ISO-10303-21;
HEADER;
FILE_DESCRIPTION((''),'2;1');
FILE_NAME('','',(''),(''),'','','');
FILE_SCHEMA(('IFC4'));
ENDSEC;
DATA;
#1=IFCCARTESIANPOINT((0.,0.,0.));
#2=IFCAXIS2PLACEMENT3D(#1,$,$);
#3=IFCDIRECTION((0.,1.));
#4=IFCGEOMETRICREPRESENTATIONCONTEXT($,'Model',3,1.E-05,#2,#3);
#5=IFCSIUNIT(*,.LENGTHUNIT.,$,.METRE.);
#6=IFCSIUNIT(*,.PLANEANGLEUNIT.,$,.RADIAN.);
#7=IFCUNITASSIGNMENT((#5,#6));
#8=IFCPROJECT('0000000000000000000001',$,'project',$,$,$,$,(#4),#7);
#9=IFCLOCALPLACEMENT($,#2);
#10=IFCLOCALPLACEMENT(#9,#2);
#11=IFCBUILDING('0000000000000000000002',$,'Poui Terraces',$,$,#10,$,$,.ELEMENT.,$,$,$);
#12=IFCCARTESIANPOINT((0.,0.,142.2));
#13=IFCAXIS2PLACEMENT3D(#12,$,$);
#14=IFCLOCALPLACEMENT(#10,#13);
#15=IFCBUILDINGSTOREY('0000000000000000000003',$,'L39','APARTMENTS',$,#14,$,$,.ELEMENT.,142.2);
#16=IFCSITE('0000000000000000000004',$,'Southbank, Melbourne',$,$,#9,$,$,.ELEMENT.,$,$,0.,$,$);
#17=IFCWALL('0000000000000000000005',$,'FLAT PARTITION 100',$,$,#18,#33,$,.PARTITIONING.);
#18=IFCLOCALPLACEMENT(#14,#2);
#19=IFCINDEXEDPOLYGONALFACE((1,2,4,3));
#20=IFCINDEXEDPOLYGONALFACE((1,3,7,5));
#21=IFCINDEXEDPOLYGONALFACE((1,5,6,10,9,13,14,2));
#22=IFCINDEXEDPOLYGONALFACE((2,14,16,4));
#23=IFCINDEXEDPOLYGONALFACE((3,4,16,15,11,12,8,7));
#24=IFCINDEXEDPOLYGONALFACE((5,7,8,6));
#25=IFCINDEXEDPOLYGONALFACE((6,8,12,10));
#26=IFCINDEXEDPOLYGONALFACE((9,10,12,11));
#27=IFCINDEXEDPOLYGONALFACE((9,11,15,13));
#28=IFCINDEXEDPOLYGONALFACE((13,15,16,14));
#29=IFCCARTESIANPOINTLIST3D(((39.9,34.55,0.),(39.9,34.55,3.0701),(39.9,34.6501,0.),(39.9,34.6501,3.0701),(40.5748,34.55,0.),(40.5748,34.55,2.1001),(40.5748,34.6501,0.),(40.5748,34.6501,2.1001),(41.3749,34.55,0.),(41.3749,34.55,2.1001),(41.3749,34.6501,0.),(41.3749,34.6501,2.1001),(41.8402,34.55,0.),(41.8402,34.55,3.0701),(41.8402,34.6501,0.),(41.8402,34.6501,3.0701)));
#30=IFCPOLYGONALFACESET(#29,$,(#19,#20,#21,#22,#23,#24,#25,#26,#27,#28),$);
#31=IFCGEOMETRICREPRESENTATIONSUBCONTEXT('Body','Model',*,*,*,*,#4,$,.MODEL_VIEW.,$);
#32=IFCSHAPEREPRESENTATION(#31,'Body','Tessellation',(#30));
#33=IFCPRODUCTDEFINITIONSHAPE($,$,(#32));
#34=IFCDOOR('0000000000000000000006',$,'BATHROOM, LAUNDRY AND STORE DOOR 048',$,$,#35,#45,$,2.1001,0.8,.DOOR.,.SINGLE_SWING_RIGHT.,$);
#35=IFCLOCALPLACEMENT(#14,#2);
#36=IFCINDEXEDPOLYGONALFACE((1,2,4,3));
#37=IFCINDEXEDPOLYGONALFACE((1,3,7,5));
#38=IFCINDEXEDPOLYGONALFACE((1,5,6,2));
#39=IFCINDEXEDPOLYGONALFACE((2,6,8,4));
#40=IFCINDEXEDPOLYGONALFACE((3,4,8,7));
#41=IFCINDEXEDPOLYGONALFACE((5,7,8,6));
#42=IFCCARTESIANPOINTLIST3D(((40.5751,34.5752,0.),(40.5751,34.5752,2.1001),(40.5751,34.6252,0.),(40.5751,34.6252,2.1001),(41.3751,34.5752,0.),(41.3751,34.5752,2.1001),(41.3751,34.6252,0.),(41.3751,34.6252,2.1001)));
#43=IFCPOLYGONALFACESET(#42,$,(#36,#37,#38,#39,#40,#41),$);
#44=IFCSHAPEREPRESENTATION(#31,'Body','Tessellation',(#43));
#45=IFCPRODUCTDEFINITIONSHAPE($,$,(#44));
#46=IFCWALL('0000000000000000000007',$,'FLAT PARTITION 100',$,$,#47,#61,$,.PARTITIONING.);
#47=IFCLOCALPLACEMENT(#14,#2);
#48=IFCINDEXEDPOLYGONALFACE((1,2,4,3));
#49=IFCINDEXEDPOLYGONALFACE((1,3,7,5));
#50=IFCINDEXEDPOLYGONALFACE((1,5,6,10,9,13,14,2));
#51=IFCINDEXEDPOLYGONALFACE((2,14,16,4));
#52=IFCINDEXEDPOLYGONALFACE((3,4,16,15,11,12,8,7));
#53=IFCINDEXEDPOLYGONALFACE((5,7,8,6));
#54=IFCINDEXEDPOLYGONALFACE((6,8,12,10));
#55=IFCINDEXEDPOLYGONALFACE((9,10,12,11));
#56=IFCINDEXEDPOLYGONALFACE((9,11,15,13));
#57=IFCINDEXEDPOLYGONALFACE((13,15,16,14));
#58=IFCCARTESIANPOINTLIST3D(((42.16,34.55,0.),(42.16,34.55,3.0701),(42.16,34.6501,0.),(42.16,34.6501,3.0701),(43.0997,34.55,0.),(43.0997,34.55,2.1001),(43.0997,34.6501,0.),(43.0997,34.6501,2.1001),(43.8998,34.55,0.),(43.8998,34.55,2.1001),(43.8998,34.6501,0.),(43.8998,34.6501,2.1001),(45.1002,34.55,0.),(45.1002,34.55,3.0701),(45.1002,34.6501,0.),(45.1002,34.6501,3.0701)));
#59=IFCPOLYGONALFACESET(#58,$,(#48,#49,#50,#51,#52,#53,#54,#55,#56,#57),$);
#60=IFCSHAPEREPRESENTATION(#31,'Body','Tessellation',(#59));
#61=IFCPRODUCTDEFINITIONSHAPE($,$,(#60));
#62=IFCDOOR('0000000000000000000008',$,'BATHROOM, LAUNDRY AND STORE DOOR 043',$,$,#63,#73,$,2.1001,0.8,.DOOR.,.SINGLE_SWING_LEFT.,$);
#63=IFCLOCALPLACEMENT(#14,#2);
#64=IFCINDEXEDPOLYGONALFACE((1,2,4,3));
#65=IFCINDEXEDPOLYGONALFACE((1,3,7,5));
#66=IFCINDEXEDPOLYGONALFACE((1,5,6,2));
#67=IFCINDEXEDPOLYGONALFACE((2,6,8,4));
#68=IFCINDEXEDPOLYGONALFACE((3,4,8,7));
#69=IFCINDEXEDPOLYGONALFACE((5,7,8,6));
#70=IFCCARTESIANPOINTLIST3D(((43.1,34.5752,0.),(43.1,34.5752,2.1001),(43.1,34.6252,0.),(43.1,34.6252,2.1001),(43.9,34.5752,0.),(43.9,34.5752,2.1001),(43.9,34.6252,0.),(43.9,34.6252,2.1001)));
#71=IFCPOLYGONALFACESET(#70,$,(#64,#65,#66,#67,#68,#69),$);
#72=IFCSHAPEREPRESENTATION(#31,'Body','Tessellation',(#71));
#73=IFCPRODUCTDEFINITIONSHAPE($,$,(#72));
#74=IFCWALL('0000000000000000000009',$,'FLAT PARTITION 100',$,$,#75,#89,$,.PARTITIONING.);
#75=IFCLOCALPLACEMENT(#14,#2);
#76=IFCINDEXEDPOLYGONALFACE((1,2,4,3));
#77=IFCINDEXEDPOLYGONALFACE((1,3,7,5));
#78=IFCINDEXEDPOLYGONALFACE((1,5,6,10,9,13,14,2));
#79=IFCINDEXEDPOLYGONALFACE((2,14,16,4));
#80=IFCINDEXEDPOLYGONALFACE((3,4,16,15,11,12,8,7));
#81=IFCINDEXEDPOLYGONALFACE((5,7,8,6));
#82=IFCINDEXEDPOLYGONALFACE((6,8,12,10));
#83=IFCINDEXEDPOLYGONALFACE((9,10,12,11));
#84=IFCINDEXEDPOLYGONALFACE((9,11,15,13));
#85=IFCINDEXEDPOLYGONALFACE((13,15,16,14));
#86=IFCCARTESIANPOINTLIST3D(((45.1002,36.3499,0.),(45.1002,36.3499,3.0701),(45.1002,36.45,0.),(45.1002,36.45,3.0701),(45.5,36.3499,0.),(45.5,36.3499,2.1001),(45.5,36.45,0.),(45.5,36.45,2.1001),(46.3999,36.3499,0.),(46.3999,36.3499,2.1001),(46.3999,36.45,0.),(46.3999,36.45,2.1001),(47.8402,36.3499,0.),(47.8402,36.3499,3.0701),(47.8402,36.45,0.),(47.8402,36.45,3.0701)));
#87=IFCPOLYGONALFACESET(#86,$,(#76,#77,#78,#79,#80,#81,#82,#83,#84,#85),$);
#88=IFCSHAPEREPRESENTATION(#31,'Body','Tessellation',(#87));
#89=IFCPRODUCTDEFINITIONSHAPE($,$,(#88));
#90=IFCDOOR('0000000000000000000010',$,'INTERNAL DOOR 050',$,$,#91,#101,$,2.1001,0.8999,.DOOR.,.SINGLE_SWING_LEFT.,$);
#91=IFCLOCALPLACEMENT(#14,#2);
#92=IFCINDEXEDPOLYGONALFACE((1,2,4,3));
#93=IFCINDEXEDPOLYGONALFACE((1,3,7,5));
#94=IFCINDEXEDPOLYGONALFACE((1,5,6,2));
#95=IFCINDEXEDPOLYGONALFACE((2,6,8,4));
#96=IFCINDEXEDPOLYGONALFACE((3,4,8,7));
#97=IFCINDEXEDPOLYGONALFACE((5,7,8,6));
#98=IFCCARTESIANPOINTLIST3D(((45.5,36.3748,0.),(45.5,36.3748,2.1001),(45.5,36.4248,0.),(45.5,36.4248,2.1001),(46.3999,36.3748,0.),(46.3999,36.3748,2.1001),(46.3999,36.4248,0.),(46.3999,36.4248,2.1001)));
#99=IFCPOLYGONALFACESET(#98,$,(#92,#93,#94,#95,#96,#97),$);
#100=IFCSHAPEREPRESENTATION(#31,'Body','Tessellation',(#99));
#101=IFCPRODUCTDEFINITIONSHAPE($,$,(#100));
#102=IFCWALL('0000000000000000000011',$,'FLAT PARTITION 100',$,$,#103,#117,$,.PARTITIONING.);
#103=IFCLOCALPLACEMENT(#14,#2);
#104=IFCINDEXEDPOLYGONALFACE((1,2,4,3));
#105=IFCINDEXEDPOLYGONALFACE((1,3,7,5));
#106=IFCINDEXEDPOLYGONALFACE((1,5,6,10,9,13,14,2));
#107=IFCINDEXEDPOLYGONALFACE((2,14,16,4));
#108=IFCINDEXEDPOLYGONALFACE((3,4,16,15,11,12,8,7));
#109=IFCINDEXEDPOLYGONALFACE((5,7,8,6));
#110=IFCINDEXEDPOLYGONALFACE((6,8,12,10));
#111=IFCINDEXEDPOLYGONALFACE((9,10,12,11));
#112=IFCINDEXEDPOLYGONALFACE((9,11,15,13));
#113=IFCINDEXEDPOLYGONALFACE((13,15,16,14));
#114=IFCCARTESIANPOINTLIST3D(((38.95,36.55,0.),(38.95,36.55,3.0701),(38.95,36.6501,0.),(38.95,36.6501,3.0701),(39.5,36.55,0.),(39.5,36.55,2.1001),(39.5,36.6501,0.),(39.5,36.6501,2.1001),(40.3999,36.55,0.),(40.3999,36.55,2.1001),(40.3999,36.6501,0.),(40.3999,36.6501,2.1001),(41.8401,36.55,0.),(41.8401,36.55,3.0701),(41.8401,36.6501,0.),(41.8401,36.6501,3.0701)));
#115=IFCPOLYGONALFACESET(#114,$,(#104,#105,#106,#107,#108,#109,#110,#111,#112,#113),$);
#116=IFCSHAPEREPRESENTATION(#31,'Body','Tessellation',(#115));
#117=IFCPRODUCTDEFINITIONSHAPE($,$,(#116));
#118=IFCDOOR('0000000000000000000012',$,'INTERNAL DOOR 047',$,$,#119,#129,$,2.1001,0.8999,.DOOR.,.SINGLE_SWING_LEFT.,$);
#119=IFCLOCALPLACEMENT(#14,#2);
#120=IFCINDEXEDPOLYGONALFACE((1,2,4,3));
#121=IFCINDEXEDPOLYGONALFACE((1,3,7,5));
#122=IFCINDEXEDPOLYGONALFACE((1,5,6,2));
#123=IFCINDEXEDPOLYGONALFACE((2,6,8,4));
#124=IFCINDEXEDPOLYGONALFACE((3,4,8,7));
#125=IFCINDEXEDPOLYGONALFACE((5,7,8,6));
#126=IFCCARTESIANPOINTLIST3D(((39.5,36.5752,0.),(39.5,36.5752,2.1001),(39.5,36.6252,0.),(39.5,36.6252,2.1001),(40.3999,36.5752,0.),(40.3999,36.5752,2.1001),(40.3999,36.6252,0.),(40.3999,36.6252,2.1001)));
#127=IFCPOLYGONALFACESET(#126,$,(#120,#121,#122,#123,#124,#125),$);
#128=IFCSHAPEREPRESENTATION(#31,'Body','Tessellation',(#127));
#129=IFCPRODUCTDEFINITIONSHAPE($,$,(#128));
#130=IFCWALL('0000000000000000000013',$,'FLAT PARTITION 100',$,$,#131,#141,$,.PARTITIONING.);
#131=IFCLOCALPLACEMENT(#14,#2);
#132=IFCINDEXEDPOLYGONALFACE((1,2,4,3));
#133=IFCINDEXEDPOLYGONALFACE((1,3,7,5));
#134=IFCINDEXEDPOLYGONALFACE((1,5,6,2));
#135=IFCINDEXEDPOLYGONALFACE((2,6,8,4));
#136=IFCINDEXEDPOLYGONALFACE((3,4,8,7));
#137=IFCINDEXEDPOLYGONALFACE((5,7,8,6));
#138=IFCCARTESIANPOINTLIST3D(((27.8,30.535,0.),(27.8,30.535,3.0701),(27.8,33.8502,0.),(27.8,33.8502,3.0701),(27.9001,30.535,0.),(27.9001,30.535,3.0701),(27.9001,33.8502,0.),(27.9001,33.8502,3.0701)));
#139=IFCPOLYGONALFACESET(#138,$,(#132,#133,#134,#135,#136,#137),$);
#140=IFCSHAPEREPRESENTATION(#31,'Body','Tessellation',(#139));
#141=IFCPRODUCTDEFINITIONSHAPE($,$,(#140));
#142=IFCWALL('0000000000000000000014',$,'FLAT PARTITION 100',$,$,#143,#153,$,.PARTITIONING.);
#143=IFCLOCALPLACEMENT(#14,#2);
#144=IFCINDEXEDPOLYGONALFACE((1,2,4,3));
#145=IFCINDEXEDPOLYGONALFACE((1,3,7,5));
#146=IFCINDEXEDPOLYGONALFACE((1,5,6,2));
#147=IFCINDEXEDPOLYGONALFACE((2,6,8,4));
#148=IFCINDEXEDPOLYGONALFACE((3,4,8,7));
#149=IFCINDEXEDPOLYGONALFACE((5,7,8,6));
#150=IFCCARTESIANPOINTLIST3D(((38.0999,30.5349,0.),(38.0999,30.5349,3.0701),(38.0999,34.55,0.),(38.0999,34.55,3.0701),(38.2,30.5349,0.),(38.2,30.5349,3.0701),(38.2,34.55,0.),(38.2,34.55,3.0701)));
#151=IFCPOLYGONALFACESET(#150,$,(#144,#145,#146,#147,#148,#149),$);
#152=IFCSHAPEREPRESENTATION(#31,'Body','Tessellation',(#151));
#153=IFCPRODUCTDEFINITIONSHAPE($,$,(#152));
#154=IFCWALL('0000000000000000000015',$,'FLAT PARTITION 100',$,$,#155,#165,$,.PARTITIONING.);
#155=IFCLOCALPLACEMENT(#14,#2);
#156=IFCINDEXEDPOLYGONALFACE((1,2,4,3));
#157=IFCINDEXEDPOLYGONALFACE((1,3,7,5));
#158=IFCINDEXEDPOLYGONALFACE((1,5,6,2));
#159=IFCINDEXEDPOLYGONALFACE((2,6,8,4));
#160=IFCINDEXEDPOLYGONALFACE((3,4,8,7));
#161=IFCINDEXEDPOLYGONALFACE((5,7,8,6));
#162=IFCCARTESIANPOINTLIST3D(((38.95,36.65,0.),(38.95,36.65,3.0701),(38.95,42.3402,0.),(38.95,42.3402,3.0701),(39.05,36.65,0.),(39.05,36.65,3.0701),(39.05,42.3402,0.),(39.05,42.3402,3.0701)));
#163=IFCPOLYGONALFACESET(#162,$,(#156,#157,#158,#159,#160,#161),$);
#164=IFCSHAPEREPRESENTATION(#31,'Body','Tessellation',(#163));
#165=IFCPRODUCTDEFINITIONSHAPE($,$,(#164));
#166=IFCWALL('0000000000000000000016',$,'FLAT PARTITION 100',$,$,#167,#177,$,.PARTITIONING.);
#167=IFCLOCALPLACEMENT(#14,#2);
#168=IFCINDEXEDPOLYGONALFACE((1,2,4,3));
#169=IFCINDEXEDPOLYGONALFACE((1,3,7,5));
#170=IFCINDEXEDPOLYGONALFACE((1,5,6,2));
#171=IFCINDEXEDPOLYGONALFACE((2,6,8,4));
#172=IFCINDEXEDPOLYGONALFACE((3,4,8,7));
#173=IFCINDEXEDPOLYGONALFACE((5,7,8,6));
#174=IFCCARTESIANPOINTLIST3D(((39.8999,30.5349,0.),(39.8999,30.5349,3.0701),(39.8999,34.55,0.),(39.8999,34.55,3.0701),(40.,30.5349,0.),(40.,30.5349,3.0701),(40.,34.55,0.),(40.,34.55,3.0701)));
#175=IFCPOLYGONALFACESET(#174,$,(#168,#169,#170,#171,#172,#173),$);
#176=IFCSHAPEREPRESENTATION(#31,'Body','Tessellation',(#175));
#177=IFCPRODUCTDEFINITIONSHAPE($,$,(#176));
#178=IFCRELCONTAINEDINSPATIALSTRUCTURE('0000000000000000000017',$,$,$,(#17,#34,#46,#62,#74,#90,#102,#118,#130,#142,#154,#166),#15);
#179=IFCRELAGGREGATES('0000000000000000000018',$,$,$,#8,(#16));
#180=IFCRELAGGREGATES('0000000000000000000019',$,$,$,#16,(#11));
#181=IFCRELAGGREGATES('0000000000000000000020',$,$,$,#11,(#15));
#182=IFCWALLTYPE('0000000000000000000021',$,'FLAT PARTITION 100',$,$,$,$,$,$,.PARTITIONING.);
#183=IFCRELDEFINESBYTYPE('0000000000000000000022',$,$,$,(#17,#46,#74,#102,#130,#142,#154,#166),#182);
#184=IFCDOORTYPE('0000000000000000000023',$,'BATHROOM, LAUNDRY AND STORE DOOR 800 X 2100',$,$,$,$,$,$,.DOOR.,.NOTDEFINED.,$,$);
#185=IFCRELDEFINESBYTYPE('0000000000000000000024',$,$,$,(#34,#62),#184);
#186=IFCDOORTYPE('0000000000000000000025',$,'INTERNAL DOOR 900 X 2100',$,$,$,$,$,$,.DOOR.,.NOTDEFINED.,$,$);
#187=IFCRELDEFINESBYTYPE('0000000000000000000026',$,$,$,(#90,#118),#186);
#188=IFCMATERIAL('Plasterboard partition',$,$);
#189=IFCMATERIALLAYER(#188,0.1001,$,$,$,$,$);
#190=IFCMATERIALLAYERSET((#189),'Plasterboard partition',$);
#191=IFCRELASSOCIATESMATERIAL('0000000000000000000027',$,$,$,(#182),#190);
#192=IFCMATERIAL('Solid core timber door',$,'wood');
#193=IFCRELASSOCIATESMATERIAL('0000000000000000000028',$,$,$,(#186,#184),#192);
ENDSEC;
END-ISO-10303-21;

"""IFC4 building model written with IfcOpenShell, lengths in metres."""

from ifc_helpers import new_model, si_unit, direction, frame, frame_2d, origin, place, context, subcontext, project, spatial, rectangle, extrude, material, layer, layer_set, type_object, element, fill, save


model = new_model("IFC4")

# Units and contexts
model_context = context("Model", 3, precision=1e-05, world=origin(), true_north=direction((0.0, 1.0)))
body_context = subcontext(model_context, "Body", "Model", "MODEL_VIEW")
ifc_project = project(units=[si_unit("LENGTHUNIT", "METRE"), si_unit("PLANEANGLEUNIT", "RADIAN")], contexts=[model_context])

# Site, building, storey
site_placement = place(None, origin())
site = spatial("IfcSite", under=ifc_project, at=site_placement, Name="Southbank, Melbourne", CompositionType="ELEMENT", RefElevation=0.0)
building_placement = place(site_placement, origin())
building = spatial("IfcBuilding", under=site, at=building_placement, Name="Poui Terraces", CompositionType="ELEMENT")
storey_placement = place(building_placement, frame((0.0, 0.0, 142.2)))
storey = spatial("IfcBuildingStorey", under=building, at=storey_placement, Name="L39", Description="APARTMENTS", CompositionType="ELEMENT", Elevation=142.2)

# Walls, openings, doors
ifc_material_1 = material(Name="Plasterboard partition")
ifc_layer_1 = layer(ifc_material_1, 0.1001)
ifc_layer_set_1 = layer_set([ifc_layer_1], Name="Plasterboard partition")
wall_type_1 = type_object("IfcWallType", Name="FLAT PARTITION 100", PredefinedType="PARTITIONING", material=ifc_layer_set_1)
ifc_material_2 = material(Name="Solid core timber door", Category="wood")
door_type_1 = type_object("IfcDoorType", Name="INTERNAL DOOR 900 X 2100", OperationType="NOTDEFINED", PredefinedType="DOOR", material=ifc_material_2)
door_type_2 = type_object("IfcDoorType", Name="BATHROOM, LAUNDRY AND STORE DOOR 800 X 2100", OperationType="NOTDEFINED", PredefinedType="DOOR", material=ifc_material_2)
wall_1_placement = place(storey_placement, frame((39.8999, 34.6001, 0.0), z_axis=(0.0, 0.0, 1.0), x_axis=(1.0, 0.0, 0.0)))
wall_1 = element("IfcWall", 1, at=wall_1_placement, inside=storey, type_object=wall_type_1, Name="FLAT PARTITION 100", PredefinedType="PARTITIONING", context=body_context, shape_type="SweptSolid", body=[
    extrude(rectangle(XDim=1.9402, YDim=0.1001, at=frame_2d((0.9702, 0.0))), origin(), (0.0, 0.0, 1.0), 3.0701),
])
opening_1_placement = place(wall_1_placement, frame((0.675, 0.0, 0.0)))
opening_1 = element("IfcOpeningElement", 2, at=opening_1_placement, cuts=wall_1, PredefinedType="OPENING", context=body_context, shape_type="SweptSolid", body=[
    extrude(rectangle(XDim=0.8, YDim=2.1001, at=frame_2d((0.3999, 1.05))), frame((0.0, 0.0601, 0.0), z_axis=(0.0, -1.0, 0.0), x_axis=(1.0, 0.0, 0.0)), (0.0, 0.0, 1.0), 0.1201),
])
door_1_placement = place(opening_1_placement, frame((0.8, 0.0, 0.0), z_axis=(0.0, 0.0, 1.0), x_axis=(-1.0, 0.0, 0.0)))
door_1 = element("IfcDoor", 3, at=door_1_placement, inside=storey, type_object=door_type_2, Name="BATHROOM, LAUNDRY AND STORE DOOR 048", OperationType="SINGLE_SWING_RIGHT", OverallHeight=2.1001, OverallWidth=0.8, PredefinedType="DOOR", context=body_context, shape_type="SweptSolid", body=[
    extrude(rectangle(XDim=0.8, YDim=2.1001, at=frame_2d((0.3999, 1.05))), frame((0.0, 0.0249, 0.0), z_axis=(0.0, -1.0, 0.0), x_axis=(1.0, 0.0, 0.0)), (0.0, 0.0, 1.0), 0.05),
])
fill(opening_1, door_1)
wall_2_placement = place(storey_placement, frame((42.1599, 34.6001, 0.0), z_axis=(0.0, 0.0, 1.0), x_axis=(1.0, 0.0, 0.0)))
wall_2 = element("IfcWall", 4, at=wall_2_placement, inside=storey, type_object=wall_type_1, Name="FLAT PARTITION 100", PredefinedType="PARTITIONING", context=body_context, shape_type="SweptSolid", body=[
    extrude(rectangle(XDim=2.9402, YDim=0.1001, at=frame_2d((1.4702, 0.0))), origin(), (0.0, 0.0, 1.0), 3.0701),
])
opening_2_placement = place(wall_2_placement, frame((0.9399, 0.0, 0.0)))
opening_2 = element("IfcOpeningElement", 5, at=opening_2_placement, cuts=wall_2, PredefinedType="OPENING", context=body_context, shape_type="SweptSolid", body=[
    extrude(rectangle(XDim=0.8, YDim=2.1001, at=frame_2d((0.3999, 1.05))), frame((0.0, 0.0601, 0.0), z_axis=(0.0, -1.0, 0.0), x_axis=(1.0, 0.0, 0.0)), (0.0, 0.0, 1.0), 0.1201),
])
door_2_placement = place(opening_2_placement, frame((0.8, 0.0, 0.0), z_axis=(0.0, 0.0, 1.0), x_axis=(-1.0, 0.0, 0.0)))
door_2 = element("IfcDoor", 6, at=door_2_placement, inside=storey, type_object=door_type_2, Name="BATHROOM, LAUNDRY AND STORE DOOR 043", OperationType="SINGLE_SWING_LEFT", OverallHeight=2.1001, OverallWidth=0.8, PredefinedType="DOOR", context=body_context, shape_type="SweptSolid", body=[
    extrude(rectangle(XDim=0.8, YDim=2.1001, at=frame_2d((0.3999, 1.05))), frame((0.0, 0.0249, 0.0), z_axis=(0.0, -1.0, 0.0), x_axis=(1.0, 0.0, 0.0)), (0.0, 0.0, 1.0), 0.05),
])
fill(opening_2, door_2)
wall_3_placement = place(storey_placement, frame((45.1001, 36.3999, 0.0), z_axis=(0.0, 0.0, 1.0), x_axis=(1.0, 0.0, 0.0)))
wall_3 = element("IfcWall", 7, at=wall_3_placement, inside=storey, type_object=wall_type_1, Name="FLAT PARTITION 100", PredefinedType="PARTITIONING", context=body_context, shape_type="SweptSolid", body=[
    extrude(rectangle(XDim=2.74, YDim=0.1001, at=frame_2d((1.3701, 0.0))), origin(), (0.0, 0.0, 1.0), 3.0701),
])
opening_3_placement = place(wall_3_placement, frame((0.3999, 0.0, 0.0)))
opening_3 = element("IfcOpeningElement", 8, at=opening_3_placement, cuts=wall_3, PredefinedType="OPENING", context=body_context, shape_type="SweptSolid", body=[
    extrude(rectangle(XDim=0.8999, YDim=2.1001, at=frame_2d((0.45, 1.05))), frame((0.0, 0.0601, 0.0), z_axis=(0.0, -1.0, 0.0), x_axis=(1.0, 0.0, 0.0)), (0.0, 0.0, 1.0), 0.1201),
])
door_3_placement = place(opening_3_placement, origin())
door_3 = element("IfcDoor", 9, at=door_3_placement, inside=storey, type_object=door_type_1, Name="INTERNAL DOOR 050", OperationType="SINGLE_SWING_LEFT", OverallHeight=2.1001, OverallWidth=0.8999, PredefinedType="DOOR", context=body_context, shape_type="SweptSolid", body=[
    extrude(rectangle(XDim=0.8999, YDim=2.1001, at=frame_2d((0.45, 1.05))), frame((0.0, 0.0249, 0.0), z_axis=(0.0, -1.0, 0.0), x_axis=(1.0, 0.0, 0.0)), (0.0, 0.0, 1.0), 0.05),
])
fill(opening_3, door_3)
wall_4_placement = place(storey_placement, frame((38.95, 36.6001, 0.0), z_axis=(0.0, 0.0, 1.0), x_axis=(1.0, 0.0, 0.0)))
wall_4 = element("IfcWall", 10, at=wall_4_placement, inside=storey, type_object=wall_type_1, Name="FLAT PARTITION 100", PredefinedType="PARTITIONING", context=body_context, shape_type="SweptSolid", body=[
    extrude(rectangle(XDim=2.8901, YDim=0.1001, at=frame_2d((1.4451, 0.0))), origin(), (0.0, 0.0, 1.0), 3.0701),
])
opening_4_placement = place(wall_4_placement, frame((0.55, 0.0, 0.0)))
opening_4 = element("IfcOpeningElement", 11, at=opening_4_placement, cuts=wall_4, PredefinedType="OPENING", context=body_context, shape_type="SweptSolid", body=[
    extrude(rectangle(XDim=0.8999, YDim=2.1001, at=frame_2d((0.45, 1.05))), frame((0.0, 0.0601, 0.0), z_axis=(0.0, -1.0, 0.0), x_axis=(1.0, 0.0, 0.0)), (0.0, 0.0, 1.0), 0.1201),
])
door_4_placement = place(opening_4_placement, frame((0.8999, 0.0, 0.0), z_axis=(0.0, 0.0, 1.0), x_axis=(-1.0, 0.0, 0.0)))
door_4 = element("IfcDoor", 12, at=door_4_placement, inside=storey, type_object=door_type_1, Name="INTERNAL DOOR 047", OperationType="SINGLE_SWING_LEFT", OverallHeight=2.1001, OverallWidth=0.8999, PredefinedType="DOOR", context=body_context, shape_type="SweptSolid", body=[
    extrude(rectangle(XDim=0.8999, YDim=2.1001, at=frame_2d((0.45, 1.05))), frame((0.0, 0.0249, 0.0), z_axis=(0.0, -1.0, 0.0), x_axis=(1.0, 0.0, 0.0)), (0.0, 0.0, 1.0), 0.05),
])
fill(opening_4, door_4)

# Walls
wall_5_placement = place(storey_placement, frame((27.8501, 30.5349, 0.0), z_axis=(0.0, 0.0, 1.0), x_axis=(0.0, 1.0, 0.0)))
element("IfcWall", 13, at=wall_5_placement, inside=storey, type_object=wall_type_1, Name="FLAT PARTITION 100", PredefinedType="PARTITIONING", context=body_context, shape_type="SweptSolid", body=[
    extrude(rectangle(XDim=3.3152, YDim=0.1001, at=frame_2d((1.6577, 0.0))), origin(), (0.0, 0.0, 1.0), 3.0701),
])
wall_6_placement = place(storey_placement, frame((38.1499, 30.5349, 0.0), z_axis=(0.0, 0.0, 1.0), x_axis=(0.0, 1.0, 0.0)))
element("IfcWall", 14, at=wall_6_placement, inside=storey, type_object=wall_type_1, Name="FLAT PARTITION 100", PredefinedType="PARTITIONING", context=body_context, shape_type="SweptSolid", body=[
    extrude(rectangle(XDim=4.0151, YDim=0.1001, at=frame_2d((2.0076, 0.0))), origin(), (0.0, 0.0, 1.0), 3.0701),
])
wall_7_placement = place(storey_placement, frame((39.0, 36.6499, 0.0), z_axis=(0.0, 0.0, 1.0), x_axis=(0.0, 1.0, 0.0)))
element("IfcWall", 15, at=wall_7_placement, inside=storey, type_object=wall_type_1, Name="FLAT PARTITION 100", PredefinedType="PARTITIONING", context=body_context, shape_type="SweptSolid", body=[
    extrude(rectangle(XDim=5.6902, YDim=0.1001, at=frame_2d((2.8452, 0.0))), origin(), (0.0, 0.0, 1.0), 3.0701),
])
wall_8_placement = place(storey_placement, frame((39.95, 30.5349, 0.0), z_axis=(0.0, 0.0, 1.0), x_axis=(0.0, 1.0, 0.0)))
element("IfcWall", 16, at=wall_8_placement, inside=storey, type_object=wall_type_1, Name="FLAT PARTITION 100", PredefinedType="PARTITIONING", context=body_context, shape_type="SweptSolid", body=[
    extrude(rectangle(XDim=4.0151, YDim=0.1001, at=frame_2d((2.0076, 0.0))), origin(), (0.0, 0.0, 1.0), 3.0701),
])

save(model, "model.ifc")
